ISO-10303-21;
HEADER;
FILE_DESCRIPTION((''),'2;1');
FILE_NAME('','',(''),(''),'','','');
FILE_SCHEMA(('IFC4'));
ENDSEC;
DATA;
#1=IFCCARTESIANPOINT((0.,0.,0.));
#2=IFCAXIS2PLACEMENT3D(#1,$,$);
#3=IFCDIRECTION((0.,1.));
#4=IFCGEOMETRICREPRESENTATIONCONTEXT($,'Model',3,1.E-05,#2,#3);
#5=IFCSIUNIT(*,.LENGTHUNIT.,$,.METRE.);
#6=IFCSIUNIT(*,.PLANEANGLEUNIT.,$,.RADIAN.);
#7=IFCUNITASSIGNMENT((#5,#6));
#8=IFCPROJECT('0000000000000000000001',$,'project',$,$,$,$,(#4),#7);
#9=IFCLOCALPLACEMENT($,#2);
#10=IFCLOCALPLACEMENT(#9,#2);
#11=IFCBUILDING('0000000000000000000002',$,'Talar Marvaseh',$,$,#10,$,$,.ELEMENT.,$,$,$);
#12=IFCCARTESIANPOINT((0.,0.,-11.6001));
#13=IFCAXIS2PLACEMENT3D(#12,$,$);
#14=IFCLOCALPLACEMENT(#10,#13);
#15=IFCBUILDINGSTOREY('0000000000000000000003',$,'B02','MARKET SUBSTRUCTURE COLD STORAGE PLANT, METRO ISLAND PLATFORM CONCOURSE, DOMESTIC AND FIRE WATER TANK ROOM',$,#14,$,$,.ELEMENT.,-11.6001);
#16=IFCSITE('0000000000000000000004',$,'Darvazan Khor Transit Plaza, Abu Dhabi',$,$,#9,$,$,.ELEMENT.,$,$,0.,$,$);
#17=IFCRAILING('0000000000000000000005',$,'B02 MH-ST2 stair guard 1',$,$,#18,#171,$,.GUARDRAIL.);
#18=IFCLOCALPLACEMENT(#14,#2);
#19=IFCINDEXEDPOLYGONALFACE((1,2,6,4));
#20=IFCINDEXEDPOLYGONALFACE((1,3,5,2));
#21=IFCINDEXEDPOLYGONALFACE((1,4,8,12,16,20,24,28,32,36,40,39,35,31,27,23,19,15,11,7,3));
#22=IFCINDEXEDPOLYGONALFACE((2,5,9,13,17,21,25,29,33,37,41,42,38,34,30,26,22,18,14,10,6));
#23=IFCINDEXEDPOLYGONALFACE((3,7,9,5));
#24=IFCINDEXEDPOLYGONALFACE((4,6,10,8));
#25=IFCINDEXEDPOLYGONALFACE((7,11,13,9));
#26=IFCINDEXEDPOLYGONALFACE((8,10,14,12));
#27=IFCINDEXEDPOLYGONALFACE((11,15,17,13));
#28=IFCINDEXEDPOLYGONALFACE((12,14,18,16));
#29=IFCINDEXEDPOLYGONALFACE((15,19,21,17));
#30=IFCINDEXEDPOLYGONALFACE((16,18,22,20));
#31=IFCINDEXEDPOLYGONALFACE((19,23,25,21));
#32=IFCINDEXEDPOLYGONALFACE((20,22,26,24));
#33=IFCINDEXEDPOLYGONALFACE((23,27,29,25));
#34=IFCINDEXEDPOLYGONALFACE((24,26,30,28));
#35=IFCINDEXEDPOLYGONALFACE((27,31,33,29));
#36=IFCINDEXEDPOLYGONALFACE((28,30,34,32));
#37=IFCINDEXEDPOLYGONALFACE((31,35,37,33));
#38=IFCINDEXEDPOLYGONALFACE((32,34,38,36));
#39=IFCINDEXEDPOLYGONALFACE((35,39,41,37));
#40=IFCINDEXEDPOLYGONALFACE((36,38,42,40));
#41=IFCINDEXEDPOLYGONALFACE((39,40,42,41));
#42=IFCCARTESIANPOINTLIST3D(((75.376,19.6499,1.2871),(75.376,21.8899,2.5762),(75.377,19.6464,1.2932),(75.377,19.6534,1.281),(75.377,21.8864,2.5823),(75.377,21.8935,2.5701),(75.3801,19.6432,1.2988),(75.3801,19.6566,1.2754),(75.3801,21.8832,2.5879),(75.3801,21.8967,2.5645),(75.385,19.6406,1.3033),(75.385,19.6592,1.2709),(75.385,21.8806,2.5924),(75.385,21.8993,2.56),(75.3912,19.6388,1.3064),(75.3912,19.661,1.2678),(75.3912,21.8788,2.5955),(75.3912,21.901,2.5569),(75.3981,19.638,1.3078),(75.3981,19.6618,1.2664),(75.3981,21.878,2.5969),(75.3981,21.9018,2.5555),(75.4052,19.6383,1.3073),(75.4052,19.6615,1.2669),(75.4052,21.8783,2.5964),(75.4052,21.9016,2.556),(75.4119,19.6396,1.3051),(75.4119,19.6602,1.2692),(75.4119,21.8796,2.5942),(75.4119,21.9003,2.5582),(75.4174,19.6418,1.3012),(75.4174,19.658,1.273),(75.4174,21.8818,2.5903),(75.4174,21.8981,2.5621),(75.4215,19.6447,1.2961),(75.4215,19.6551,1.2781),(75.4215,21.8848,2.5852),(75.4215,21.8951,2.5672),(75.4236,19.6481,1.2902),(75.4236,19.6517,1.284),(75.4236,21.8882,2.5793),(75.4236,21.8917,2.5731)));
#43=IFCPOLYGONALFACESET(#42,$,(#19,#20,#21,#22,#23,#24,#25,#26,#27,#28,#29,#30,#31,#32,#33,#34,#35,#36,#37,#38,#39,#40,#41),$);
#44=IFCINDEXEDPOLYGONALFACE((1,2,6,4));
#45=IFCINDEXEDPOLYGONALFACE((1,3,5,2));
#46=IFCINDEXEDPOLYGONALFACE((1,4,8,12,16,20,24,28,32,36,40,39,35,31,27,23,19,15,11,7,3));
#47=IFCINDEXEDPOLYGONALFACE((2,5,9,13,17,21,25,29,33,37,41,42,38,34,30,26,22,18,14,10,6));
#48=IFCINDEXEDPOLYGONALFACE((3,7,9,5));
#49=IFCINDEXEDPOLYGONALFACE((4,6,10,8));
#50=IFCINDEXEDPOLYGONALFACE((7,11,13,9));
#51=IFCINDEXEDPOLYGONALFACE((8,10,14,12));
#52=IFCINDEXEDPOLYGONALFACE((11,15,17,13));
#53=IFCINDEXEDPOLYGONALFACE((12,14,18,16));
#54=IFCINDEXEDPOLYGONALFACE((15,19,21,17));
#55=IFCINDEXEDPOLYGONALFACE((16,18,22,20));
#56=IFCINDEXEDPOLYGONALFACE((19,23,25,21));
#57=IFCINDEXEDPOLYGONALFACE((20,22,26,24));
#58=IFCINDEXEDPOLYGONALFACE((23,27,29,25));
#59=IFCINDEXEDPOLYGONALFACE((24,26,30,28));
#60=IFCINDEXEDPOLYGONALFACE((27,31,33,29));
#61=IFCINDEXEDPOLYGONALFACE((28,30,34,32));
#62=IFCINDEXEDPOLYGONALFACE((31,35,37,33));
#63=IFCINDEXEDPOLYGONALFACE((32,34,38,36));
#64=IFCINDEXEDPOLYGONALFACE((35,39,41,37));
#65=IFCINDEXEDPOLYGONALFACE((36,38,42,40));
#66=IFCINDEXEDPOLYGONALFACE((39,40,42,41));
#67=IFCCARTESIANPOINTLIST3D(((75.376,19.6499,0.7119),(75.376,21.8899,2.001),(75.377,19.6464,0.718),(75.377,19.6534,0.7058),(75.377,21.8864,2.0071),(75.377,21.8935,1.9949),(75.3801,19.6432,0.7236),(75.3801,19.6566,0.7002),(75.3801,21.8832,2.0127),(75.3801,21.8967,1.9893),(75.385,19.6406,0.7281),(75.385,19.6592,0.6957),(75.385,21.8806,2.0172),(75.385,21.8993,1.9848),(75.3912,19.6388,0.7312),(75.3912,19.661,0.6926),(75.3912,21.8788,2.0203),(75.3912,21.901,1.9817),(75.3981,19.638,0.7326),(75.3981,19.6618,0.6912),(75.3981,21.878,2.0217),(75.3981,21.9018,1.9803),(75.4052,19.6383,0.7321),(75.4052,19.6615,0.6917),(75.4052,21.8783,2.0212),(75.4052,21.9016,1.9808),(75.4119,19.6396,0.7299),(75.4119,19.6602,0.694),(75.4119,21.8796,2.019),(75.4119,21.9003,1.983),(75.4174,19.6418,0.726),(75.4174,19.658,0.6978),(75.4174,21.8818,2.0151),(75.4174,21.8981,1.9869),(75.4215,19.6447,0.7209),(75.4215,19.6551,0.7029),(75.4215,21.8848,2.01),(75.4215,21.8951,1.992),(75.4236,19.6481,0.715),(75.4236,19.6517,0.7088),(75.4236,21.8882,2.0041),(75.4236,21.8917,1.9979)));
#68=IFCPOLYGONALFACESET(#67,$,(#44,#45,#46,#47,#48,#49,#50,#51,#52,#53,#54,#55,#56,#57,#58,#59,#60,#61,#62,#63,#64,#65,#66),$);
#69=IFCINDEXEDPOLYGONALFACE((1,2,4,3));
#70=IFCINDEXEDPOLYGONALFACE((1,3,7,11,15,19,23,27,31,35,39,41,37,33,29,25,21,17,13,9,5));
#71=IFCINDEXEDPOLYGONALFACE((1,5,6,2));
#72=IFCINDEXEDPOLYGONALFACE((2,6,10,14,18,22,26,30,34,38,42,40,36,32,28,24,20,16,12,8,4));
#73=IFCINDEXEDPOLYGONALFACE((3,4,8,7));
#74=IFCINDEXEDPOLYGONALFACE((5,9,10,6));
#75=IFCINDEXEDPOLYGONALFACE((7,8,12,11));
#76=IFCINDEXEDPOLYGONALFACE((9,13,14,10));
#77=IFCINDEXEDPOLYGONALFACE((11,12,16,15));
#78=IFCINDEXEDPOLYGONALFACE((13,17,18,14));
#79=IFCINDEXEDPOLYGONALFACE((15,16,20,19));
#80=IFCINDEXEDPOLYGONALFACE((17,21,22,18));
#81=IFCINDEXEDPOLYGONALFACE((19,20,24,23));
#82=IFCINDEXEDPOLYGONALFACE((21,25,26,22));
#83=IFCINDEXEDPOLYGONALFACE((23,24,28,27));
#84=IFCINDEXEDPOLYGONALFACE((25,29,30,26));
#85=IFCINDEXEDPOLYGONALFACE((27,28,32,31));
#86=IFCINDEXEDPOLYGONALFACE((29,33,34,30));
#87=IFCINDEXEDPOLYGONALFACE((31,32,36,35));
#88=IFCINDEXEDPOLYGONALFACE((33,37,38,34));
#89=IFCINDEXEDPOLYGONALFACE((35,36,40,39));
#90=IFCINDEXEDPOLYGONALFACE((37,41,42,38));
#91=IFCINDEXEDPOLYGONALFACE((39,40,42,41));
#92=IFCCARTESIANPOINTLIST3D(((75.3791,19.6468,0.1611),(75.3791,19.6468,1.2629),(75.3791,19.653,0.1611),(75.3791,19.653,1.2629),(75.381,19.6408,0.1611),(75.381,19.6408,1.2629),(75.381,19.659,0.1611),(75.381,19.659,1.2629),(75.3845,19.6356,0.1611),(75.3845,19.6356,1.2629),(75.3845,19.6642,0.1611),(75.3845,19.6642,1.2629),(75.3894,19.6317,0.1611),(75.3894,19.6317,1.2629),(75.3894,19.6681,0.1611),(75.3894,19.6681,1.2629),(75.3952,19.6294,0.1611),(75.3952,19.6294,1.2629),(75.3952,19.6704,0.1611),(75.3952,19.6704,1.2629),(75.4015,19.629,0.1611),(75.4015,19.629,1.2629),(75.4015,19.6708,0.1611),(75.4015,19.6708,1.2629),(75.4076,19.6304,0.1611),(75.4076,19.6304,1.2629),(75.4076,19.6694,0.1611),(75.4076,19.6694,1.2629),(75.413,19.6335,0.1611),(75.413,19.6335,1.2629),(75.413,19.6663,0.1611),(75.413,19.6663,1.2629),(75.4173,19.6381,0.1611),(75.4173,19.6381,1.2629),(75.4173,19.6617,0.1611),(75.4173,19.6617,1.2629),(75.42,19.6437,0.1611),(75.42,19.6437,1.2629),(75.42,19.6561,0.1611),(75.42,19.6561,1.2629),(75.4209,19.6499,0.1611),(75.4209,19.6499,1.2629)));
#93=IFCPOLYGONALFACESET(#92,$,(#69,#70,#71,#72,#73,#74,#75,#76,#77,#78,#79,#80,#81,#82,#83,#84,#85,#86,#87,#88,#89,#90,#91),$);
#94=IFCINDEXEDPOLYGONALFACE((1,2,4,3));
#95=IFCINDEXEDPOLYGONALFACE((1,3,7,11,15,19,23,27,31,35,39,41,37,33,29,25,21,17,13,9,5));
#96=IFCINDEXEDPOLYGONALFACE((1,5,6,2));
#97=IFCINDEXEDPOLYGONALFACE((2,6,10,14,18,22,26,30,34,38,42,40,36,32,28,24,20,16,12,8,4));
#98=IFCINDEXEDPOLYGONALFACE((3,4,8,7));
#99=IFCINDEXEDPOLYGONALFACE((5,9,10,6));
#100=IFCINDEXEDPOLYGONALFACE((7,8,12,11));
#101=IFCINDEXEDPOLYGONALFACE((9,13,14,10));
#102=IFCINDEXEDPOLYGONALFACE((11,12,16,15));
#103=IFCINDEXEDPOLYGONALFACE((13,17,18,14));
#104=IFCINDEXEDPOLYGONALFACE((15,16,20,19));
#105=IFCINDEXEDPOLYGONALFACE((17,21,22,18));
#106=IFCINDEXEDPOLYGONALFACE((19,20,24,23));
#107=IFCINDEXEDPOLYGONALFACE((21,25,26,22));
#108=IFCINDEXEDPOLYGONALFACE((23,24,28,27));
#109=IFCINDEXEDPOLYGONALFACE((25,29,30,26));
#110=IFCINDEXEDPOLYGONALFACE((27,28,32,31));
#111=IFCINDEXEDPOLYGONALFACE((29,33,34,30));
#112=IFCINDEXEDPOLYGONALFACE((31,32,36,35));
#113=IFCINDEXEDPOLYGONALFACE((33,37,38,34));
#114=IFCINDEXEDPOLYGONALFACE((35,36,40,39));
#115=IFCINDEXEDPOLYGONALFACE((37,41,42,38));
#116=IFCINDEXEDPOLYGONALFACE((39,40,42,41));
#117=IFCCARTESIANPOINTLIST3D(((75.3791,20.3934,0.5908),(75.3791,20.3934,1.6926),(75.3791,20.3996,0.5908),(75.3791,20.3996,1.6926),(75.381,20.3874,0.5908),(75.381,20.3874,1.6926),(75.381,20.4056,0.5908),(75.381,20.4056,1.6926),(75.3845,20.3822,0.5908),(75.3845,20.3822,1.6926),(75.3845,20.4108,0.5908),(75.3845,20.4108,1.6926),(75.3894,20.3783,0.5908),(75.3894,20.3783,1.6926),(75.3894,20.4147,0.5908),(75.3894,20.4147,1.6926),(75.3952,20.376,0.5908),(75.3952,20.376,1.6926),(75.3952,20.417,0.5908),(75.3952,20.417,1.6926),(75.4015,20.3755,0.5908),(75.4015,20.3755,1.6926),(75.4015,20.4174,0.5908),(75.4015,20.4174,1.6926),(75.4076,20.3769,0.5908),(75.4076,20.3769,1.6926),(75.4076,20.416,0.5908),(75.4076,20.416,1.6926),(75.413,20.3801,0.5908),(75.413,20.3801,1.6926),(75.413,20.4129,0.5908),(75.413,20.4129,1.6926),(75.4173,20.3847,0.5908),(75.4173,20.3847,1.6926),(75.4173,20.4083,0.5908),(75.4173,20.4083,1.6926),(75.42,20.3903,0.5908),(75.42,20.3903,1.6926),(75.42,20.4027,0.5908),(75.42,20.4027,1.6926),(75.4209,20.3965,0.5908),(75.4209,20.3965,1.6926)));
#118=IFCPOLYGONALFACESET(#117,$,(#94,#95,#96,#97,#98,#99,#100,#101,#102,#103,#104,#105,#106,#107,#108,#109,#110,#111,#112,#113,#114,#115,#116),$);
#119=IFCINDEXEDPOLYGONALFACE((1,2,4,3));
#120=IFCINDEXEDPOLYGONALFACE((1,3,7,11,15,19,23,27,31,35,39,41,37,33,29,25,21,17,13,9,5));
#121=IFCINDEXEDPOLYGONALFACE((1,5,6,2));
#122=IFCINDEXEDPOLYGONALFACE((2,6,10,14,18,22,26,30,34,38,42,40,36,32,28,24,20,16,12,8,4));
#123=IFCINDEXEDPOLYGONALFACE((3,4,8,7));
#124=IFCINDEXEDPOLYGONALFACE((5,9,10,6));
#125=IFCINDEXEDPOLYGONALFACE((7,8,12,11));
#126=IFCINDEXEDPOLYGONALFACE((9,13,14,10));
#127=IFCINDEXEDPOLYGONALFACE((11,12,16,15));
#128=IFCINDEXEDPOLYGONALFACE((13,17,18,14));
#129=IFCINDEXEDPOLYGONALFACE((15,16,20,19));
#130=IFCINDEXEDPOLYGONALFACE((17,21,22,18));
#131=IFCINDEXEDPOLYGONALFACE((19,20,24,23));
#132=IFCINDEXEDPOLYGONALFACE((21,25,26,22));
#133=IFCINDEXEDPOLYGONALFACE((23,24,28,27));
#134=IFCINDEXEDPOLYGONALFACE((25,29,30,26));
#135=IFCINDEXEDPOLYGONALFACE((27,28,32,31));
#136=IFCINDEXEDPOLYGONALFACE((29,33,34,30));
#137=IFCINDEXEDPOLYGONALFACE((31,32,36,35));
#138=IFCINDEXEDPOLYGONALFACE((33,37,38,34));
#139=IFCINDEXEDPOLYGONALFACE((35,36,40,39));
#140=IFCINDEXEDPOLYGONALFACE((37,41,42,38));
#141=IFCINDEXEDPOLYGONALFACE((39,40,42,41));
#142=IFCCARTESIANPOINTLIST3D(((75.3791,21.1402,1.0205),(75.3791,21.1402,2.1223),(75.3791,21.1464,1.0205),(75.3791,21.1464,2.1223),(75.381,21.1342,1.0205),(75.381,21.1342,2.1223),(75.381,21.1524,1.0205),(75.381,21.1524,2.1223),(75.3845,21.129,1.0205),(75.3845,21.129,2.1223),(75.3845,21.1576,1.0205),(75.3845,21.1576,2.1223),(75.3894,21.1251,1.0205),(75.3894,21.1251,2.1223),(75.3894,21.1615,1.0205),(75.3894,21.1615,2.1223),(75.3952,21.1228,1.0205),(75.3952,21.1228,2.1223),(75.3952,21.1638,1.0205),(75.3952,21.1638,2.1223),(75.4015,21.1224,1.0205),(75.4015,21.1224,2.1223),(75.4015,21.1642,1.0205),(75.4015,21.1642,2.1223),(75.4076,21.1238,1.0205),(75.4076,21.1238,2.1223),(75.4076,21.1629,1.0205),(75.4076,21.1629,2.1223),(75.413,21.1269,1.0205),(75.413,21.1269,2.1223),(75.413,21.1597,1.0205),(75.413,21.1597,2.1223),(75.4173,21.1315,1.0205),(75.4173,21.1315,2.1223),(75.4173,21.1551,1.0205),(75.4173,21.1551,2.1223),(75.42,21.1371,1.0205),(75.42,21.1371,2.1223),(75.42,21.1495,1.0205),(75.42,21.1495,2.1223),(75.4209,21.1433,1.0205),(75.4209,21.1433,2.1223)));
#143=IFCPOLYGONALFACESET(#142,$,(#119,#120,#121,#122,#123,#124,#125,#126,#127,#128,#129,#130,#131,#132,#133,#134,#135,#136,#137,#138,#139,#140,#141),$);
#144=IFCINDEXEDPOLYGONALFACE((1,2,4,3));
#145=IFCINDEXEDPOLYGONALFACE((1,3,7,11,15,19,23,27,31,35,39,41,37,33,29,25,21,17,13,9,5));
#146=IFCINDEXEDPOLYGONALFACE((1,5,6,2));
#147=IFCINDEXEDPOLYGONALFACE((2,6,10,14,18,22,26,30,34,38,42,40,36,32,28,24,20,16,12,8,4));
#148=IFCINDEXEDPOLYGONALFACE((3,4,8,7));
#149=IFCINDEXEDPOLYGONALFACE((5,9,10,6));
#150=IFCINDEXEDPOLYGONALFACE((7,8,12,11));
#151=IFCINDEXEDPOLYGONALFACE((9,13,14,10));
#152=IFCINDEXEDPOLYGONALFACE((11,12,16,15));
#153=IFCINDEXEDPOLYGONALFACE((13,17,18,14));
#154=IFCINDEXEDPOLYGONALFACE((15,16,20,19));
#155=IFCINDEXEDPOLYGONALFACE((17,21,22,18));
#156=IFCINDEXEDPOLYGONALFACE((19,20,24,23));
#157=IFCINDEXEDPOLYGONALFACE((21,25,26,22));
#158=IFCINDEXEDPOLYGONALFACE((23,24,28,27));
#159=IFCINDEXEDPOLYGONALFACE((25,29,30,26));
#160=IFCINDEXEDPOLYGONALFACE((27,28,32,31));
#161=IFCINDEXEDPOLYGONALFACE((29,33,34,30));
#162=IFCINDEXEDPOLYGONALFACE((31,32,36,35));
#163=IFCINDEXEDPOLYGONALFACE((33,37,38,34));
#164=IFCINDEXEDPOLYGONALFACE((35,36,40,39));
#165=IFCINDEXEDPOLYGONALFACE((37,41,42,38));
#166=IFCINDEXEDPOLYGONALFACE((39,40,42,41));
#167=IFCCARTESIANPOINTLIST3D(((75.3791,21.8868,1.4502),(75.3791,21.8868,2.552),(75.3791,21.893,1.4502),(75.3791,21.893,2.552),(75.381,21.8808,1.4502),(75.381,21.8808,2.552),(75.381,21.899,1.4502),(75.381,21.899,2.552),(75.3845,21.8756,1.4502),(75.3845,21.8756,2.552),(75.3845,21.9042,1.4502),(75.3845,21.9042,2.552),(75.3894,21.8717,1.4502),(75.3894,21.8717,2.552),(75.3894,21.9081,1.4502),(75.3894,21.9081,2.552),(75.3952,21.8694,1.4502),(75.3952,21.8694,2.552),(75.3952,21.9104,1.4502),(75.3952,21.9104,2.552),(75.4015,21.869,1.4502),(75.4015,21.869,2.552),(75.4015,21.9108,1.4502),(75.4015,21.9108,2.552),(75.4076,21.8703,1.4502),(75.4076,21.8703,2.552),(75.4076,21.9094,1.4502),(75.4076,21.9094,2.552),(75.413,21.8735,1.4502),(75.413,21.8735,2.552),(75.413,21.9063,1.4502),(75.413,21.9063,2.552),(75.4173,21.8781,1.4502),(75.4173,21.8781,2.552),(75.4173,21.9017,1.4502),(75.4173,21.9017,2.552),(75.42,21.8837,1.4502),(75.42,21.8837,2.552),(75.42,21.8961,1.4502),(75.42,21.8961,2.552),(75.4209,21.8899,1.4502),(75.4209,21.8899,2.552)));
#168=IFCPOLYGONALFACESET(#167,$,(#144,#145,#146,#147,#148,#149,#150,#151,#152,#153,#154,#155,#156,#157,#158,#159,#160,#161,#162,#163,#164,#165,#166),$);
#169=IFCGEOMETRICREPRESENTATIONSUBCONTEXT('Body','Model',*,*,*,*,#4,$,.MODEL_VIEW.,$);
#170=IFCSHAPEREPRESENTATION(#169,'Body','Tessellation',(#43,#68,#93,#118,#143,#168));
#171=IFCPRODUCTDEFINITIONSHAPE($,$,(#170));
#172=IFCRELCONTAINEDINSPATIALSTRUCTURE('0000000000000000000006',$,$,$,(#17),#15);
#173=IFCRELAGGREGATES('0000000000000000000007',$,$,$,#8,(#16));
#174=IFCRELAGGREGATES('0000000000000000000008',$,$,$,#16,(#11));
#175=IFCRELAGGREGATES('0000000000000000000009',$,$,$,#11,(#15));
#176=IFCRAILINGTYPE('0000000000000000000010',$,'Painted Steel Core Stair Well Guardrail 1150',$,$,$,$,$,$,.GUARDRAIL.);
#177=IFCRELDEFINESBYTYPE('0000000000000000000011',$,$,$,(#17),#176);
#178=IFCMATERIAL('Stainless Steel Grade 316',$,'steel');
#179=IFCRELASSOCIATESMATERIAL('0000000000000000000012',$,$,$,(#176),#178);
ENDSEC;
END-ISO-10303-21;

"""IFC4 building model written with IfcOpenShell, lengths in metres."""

from ifc_helpers import new_model, si_unit, direction, frame, origin, origin_2d, place, context, subcontext, project, spatial, circle, extrude, material, type_object, element, save


model = new_model("IFC4")

# Units and contexts
model_context = context("Model", 3, precision=1e-05, world=origin(), true_north=direction((0.0, 1.0)))
body_context = subcontext(model_context, "Body", "Model", "MODEL_VIEW")
ifc_project = project(units=[si_unit("LENGTHUNIT", "METRE"), si_unit("PLANEANGLEUNIT", "RADIAN")], contexts=[model_context])

# Site, building, storey
site_placement = place(None, origin())
site = spatial("IfcSite", under=ifc_project, at=site_placement, Name="Darvazan Khor Transit Plaza, Abu Dhabi", CompositionType="ELEMENT", RefElevation=0.0)
building_placement = place(site_placement, origin())
building = spatial("IfcBuilding", under=site, at=building_placement, Name="Talar Marvaseh", CompositionType="ELEMENT")
storey_placement = place(building_placement, frame((0.0, 0.0, -11.6001)))
storey = spatial("IfcBuildingStorey", under=building, at=storey_placement, Name="B02", Description="MARKET SUBSTRUCTURE COLD STORAGE PLANT, METRO ISLAND PLATFORM CONCOURSE, DOMESTIC AND FIRE WATER TANK ROOM", CompositionType="ELEMENT", Elevation=-11.6001)

# Railing
ifc_material_1 = material(Name="Stainless Steel Grade 316", Category="steel")
railing_type_1 = type_object("IfcRailingType", Name="Painted Steel Core Stair Well Guardrail 1150", PredefinedType="GUARDRAIL", material=ifc_material_1)
railing_1_placement = place(storey_placement, frame((75.3999, 19.6499, 0.1611)))
element("IfcRailing", 1, at=railing_1_placement, inside=storey, type_object=railing_type_1, Name="B02 MH-ST2 stair guard 1", PredefinedType="GUARDRAIL", context=body_context, shape_type="SweptSolid", body=[
    extrude(circle(Radius=0.0239, at=origin_2d()), frame((0.0, 0.0, 1.126), z_axis=(0.0, 0.866728, 0.498782), x_axis=(-1.0, 0.0, 0.0)), (0.0, 0.0, 1.0), 2.5845),
    extrude(circle(Radius=0.0239, at=origin_2d()), frame((0.0, 0.0, 0.5508), z_axis=(0.0, 0.866728, 0.498782), x_axis=(-1.0, 0.0, 0.0)), (0.0, 0.0, 1.0), 2.5845),
    extrude(circle(Radius=0.021, at=origin_2d()), origin(), (0.0, 0.0, 1.0), 1.1018),
    extrude(circle(Radius=0.021, at=origin_2d()), frame((0.0, 0.7466, 0.4297)), (0.0, 0.0, 1.0), 1.1018),
    extrude(circle(Radius=0.021, at=origin_2d()), frame((0.0, 1.4934, 0.8594)), (0.0, 0.0, 1.0), 1.1018),
    extrude(circle(Radius=0.021, at=origin_2d()), frame((0.0, 2.24, 1.2891)), (0.0, 0.0, 1.0), 1.1018),
])

save(model, "model.ifc")
